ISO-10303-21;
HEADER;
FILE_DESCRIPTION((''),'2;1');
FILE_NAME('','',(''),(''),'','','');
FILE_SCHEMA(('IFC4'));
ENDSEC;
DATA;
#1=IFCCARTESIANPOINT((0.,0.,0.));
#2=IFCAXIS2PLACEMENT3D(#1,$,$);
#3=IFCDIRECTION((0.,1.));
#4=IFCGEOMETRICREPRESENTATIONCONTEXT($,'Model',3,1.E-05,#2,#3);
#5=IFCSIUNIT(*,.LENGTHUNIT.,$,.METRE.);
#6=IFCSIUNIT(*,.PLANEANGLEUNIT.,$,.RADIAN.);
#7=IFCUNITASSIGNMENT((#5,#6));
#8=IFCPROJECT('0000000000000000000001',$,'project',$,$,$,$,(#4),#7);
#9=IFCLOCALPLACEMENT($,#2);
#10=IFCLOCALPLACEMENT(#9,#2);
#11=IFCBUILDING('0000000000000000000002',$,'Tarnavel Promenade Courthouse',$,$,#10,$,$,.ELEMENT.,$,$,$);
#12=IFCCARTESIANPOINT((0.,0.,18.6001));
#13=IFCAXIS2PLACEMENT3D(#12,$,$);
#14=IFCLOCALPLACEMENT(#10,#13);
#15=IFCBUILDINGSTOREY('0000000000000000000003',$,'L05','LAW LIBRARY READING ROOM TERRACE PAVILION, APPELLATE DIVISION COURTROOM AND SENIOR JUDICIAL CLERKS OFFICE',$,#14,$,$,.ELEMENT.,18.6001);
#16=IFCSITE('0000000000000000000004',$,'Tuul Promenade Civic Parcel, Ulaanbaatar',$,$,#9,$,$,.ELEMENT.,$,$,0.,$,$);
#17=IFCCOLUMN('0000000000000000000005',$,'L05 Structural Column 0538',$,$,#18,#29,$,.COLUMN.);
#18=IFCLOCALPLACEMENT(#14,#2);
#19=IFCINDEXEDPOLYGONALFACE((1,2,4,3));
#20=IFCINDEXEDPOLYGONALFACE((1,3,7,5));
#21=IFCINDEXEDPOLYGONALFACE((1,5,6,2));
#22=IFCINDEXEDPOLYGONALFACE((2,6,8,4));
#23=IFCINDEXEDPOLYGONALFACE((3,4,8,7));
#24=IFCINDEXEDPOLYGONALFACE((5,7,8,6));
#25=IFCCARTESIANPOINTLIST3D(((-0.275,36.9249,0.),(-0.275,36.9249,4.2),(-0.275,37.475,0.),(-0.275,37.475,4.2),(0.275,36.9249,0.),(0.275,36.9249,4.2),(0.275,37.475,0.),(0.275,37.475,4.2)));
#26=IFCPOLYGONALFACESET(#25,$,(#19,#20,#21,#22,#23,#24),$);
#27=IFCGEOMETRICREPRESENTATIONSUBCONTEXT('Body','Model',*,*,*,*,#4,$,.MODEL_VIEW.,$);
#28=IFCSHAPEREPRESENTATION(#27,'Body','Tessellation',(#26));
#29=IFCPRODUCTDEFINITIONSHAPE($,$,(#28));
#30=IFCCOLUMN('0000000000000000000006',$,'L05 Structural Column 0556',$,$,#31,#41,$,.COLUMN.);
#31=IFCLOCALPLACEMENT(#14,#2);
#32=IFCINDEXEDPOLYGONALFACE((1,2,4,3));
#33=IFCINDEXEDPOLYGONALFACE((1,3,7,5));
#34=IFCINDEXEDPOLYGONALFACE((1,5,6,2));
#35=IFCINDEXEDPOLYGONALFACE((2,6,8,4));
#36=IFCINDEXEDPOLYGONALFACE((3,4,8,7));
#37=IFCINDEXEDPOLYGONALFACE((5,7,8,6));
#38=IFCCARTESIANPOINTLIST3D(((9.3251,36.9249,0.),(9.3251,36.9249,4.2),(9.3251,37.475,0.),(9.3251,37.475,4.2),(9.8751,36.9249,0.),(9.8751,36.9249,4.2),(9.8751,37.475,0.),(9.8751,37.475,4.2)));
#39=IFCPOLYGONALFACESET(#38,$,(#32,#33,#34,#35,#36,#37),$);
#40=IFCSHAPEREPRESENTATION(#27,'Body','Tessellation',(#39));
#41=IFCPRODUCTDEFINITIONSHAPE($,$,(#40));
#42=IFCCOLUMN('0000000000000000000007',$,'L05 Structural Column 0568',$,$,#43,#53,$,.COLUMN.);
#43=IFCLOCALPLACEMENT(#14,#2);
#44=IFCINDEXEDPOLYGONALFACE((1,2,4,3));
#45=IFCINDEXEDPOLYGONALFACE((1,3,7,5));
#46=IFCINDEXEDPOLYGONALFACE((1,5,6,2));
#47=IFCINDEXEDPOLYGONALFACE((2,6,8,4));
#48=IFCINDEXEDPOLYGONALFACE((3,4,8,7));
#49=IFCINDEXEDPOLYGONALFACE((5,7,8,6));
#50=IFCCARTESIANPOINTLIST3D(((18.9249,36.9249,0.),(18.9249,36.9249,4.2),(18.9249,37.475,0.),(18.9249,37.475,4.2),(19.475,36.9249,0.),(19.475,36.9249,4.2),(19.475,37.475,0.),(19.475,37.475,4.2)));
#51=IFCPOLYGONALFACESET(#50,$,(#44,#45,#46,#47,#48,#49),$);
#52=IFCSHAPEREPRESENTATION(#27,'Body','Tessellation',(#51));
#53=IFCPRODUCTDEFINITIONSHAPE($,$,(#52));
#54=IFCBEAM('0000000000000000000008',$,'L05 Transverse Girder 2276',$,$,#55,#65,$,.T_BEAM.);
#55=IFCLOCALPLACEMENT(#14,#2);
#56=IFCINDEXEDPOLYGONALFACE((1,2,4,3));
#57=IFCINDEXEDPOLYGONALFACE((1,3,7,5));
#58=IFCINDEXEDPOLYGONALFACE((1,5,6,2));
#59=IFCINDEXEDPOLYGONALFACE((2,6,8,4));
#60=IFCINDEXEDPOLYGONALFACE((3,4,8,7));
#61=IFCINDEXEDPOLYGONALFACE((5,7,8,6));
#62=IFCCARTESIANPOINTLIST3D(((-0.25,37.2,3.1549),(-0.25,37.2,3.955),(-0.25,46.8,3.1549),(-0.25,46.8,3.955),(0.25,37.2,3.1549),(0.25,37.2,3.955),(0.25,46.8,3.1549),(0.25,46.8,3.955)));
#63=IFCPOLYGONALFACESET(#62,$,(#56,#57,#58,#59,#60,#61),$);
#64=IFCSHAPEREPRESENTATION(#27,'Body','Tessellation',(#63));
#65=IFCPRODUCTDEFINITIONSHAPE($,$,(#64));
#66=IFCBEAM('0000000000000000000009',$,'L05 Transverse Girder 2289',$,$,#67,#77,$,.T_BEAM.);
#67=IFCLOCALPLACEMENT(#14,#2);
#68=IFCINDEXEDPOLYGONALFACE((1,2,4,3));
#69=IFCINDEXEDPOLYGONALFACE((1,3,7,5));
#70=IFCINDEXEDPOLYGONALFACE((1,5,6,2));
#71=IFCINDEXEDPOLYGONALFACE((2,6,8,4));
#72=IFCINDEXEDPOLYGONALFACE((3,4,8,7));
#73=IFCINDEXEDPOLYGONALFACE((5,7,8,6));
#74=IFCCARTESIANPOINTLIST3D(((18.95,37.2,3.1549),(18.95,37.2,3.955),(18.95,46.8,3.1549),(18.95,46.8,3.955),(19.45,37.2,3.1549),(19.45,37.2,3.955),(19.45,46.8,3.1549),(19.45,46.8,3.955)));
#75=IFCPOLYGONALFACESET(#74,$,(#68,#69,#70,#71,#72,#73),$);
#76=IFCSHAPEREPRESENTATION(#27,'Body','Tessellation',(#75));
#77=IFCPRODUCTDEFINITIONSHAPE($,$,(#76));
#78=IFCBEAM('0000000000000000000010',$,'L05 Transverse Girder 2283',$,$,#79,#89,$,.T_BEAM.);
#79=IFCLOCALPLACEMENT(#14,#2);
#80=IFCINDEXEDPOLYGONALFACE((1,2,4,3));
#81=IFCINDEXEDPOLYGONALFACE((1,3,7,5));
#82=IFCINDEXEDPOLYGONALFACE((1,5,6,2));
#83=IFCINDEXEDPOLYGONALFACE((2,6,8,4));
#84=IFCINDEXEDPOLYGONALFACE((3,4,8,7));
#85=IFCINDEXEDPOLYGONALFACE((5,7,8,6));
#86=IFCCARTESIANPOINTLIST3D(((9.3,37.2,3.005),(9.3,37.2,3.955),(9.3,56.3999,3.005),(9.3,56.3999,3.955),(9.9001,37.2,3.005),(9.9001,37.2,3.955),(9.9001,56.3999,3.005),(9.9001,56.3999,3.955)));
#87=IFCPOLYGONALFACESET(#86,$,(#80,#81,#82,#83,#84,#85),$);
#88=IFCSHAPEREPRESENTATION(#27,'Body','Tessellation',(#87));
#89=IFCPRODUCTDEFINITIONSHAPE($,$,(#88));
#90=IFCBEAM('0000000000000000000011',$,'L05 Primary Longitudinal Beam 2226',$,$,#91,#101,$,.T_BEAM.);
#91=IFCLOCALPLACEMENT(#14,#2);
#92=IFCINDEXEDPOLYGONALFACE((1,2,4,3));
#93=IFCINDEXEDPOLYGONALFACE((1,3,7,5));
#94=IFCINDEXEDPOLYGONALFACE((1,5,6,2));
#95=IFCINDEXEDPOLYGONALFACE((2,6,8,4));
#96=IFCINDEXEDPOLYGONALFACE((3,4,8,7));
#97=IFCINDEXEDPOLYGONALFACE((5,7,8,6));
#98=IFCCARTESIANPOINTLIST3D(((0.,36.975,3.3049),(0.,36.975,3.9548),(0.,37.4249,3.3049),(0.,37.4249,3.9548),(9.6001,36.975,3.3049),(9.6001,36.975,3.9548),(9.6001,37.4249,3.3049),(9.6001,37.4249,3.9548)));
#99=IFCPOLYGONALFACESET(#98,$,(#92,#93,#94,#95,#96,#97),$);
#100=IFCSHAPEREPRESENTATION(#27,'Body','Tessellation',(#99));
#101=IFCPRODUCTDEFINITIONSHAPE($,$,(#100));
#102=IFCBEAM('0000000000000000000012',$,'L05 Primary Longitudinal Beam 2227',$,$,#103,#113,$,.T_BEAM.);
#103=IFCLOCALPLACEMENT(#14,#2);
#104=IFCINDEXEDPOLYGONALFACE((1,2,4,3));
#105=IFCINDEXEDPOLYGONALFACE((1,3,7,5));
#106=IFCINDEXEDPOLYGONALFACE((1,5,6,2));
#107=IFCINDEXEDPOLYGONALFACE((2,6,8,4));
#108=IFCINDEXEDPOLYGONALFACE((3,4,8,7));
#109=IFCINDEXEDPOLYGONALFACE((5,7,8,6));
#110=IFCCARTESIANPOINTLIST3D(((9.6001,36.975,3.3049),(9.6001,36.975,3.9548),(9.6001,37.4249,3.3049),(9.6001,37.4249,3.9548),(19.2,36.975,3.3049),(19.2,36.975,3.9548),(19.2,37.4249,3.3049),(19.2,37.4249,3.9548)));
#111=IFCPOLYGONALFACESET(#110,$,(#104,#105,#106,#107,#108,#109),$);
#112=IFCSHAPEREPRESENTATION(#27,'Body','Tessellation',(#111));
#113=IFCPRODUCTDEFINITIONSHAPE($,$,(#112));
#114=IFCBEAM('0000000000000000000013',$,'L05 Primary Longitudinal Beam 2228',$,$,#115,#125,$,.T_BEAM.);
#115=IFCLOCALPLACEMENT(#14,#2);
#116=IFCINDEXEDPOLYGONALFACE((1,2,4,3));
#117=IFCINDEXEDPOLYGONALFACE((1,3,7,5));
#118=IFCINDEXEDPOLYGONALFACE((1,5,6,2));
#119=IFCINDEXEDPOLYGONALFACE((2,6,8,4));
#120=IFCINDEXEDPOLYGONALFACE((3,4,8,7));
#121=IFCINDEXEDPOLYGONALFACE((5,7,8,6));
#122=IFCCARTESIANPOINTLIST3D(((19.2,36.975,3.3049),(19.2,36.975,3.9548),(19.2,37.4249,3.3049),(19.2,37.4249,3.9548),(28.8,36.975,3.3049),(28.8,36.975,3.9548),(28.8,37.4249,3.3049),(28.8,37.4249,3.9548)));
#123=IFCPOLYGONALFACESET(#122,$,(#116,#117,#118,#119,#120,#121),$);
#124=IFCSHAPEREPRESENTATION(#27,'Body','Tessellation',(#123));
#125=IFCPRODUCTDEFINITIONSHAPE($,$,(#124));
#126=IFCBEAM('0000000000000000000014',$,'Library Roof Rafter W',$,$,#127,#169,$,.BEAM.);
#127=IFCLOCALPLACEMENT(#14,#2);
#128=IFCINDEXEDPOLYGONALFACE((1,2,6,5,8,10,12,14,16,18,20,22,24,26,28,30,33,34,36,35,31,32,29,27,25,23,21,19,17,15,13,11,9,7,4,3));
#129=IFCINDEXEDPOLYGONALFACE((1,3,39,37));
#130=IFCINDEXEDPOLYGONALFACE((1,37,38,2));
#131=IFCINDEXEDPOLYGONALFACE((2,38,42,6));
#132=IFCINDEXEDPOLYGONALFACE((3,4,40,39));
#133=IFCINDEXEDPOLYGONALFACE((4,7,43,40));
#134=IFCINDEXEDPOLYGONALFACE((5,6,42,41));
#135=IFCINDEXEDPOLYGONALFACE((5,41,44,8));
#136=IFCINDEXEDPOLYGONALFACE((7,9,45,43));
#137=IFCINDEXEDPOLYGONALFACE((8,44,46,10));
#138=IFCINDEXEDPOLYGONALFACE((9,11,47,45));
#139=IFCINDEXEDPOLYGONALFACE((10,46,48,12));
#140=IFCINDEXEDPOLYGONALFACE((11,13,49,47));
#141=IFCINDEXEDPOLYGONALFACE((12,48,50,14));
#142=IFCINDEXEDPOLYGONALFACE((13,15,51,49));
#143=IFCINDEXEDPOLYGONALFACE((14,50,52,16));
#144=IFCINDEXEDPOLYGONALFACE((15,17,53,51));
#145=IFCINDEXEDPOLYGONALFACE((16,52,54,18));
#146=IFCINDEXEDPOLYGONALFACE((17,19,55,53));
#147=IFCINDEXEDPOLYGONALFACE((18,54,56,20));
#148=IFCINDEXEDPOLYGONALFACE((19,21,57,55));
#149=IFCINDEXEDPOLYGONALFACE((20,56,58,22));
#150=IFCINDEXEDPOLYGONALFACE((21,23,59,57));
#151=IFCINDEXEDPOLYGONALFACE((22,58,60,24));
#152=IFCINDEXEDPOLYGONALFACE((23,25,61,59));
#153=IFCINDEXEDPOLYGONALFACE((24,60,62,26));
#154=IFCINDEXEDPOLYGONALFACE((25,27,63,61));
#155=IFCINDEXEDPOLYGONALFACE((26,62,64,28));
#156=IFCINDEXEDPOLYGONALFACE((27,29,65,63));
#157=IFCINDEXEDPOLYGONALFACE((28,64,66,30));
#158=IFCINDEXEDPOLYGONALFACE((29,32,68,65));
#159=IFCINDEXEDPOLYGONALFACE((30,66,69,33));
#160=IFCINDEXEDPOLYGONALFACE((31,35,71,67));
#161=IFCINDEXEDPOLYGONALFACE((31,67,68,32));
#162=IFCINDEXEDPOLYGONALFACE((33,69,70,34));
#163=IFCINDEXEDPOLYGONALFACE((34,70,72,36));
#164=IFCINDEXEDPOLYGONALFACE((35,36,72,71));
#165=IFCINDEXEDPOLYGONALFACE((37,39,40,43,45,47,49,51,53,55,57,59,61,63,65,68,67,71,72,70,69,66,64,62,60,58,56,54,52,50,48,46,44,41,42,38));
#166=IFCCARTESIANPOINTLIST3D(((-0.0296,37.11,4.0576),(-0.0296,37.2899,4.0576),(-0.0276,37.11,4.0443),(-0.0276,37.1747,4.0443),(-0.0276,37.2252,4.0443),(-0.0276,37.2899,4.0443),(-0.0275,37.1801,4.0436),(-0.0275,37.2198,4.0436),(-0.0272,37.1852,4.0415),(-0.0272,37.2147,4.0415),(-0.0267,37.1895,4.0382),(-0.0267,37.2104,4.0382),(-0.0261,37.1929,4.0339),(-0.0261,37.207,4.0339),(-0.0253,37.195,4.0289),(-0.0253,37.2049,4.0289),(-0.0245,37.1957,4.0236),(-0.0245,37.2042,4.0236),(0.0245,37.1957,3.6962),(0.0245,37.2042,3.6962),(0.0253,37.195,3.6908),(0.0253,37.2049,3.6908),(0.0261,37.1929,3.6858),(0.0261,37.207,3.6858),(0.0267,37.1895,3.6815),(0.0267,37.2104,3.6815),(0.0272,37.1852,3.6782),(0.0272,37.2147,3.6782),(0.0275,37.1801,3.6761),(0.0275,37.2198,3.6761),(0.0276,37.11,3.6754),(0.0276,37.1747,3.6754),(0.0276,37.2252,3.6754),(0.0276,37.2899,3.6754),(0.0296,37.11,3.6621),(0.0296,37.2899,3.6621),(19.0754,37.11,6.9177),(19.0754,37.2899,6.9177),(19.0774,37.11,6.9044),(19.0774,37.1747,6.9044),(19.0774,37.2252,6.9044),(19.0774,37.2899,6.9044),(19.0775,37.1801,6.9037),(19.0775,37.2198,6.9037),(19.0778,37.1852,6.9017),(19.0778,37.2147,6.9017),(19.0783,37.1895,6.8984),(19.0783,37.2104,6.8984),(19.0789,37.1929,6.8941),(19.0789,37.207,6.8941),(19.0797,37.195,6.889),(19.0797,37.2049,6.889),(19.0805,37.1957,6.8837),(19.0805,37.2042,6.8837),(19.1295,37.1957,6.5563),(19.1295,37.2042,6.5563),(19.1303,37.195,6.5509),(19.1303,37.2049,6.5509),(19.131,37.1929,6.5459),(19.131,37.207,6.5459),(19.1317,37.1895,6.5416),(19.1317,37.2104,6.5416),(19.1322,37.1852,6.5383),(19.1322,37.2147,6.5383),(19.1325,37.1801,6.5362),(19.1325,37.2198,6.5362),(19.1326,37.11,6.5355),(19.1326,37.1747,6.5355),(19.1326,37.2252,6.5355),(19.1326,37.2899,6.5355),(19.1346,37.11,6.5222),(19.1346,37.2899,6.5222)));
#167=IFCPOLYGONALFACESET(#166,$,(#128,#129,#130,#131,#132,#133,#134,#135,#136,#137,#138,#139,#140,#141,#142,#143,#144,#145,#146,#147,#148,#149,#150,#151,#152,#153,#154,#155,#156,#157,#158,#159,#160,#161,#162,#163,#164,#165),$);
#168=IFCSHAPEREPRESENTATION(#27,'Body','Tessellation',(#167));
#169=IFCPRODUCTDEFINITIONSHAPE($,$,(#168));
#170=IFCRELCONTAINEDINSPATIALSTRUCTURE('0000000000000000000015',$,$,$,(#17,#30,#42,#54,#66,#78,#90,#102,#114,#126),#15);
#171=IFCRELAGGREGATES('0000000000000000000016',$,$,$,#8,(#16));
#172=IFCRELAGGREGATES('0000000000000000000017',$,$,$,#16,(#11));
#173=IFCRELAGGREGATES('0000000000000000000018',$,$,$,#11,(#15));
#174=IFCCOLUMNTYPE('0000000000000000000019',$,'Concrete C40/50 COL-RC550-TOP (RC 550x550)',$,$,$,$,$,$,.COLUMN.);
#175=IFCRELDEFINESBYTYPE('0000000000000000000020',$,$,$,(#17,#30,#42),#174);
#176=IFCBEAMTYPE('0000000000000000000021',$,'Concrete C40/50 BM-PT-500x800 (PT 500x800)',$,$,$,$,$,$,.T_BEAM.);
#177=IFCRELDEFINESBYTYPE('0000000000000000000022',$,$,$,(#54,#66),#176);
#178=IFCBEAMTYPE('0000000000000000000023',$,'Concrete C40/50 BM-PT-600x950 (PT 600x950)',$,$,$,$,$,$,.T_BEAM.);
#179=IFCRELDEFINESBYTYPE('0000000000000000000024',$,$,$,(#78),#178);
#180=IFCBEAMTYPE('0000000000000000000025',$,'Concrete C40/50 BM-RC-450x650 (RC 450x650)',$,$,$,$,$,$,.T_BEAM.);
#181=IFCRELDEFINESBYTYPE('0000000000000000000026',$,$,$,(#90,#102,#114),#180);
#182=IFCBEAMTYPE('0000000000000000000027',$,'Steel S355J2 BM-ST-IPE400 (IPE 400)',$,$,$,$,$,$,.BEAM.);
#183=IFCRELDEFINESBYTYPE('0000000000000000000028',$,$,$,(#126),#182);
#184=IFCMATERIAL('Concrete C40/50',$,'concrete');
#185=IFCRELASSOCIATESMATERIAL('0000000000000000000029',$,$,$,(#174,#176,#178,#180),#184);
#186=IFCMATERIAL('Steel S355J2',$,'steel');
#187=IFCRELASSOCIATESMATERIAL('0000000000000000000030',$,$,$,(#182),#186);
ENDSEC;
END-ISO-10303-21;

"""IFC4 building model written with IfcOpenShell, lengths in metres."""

from ifc_helpers import new_model, si_unit, direction, frame, origin, origin_2d, place, context, subcontext, project, spatial, rectangle, i_section, extrude, material, material_profile, profile_set, type_object, element, save


model = new_model("IFC4")

# Units and contexts
model_context = context("Model", 3, precision=1e-05, world=origin(), true_north=direction((0.0, 1.0)))
body_context = subcontext(model_context, "Body", "Model", "MODEL_VIEW")
ifc_project = project(units=[si_unit("LENGTHUNIT", "METRE"), si_unit("PLANEANGLEUNIT", "RADIAN")], contexts=[model_context])

# Site, building, storey
site_placement = place(None, origin())
site = spatial("IfcSite", under=ifc_project, at=site_placement, Name="Tuul Promenade Civic Parcel, Ulaanbaatar", CompositionType="ELEMENT", RefElevation=0.0)
building_placement = place(site_placement, origin())
building = spatial("IfcBuilding", under=site, at=building_placement, Name="Tarnavel Promenade Courthouse", CompositionType="ELEMENT")
storey_placement = place(building_placement, frame((0.0, 0.0, 18.6001)))
storey = spatial("IfcBuildingStorey", under=building, at=storey_placement, Name="L05", Description="LAW LIBRARY READING ROOM TERRACE PAVILION, APPELLATE DIVISION COURTROOM AND SENIOR JUDICIAL CLERKS OFFICE", CompositionType="ELEMENT", Elevation=18.6001)

# Columns
ifc_material_1 = material(Name="Concrete C40/50", Category="concrete")
ifc_material_profile_1 = material_profile(ifc_material_1, rectangle(XDim=0.55, YDim=0.55, at=origin_2d()), Name="RC 550x550")
ifc_profile_set_1 = profile_set([ifc_material_profile_1], Name="Concrete C40/50")
column_type = type_object("IfcColumnType", Name="Concrete C40/50 COL-RC550-TOP (RC 550x550)", PredefinedType="COLUMN", material=ifc_profile_set_1)
for number, where, z_axis, x_axis, name in (
    (1, (0.0, 37.2, 0.0), (0.0, 0.0, 1.0), (1.0, 0.0, 0.0), "L05 Structural Column 0538"),
    (2, (9.6001, 37.2, 0.0), (0.0, 0.0, 1.0), (1.0, 0.0, 0.0), "L05 Structural Column 0556"),
    (3, (19.2, 37.2, 0.0), (0.0, 0.0, 1.0), (1.0, 0.0, 0.0), "L05 Structural Column 0568"),
):
    element("IfcColumn", number, at=place(storey_placement, frame(where, z_axis=z_axis, x_axis=x_axis)), inside=storey, type_object=column_type, Name=name, PredefinedType="COLUMN", context=body_context, shape_type="SweptSolid", body=[
        extrude(rectangle(XDim=0.55, YDim=0.55, at=origin_2d()), origin(), (0.0, 0.0, 1.0), 4.2),
    ])

# Beams
ifc_material_profile_2 = material_profile(ifc_material_1, rectangle(XDim=0.5, YDim=0.8, at=origin_2d()), Name="PT 500x800")
ifc_profile_set_2 = profile_set([ifc_material_profile_2], Name="Concrete C40/50")
beam_type_1 = type_object("IfcBeamType", Name="Concrete C40/50 BM-PT-500x800 (PT 500x800)", PredefinedType="T_BEAM", material=ifc_profile_set_2)
for number, where, z_axis, x_axis, name in (
    (4, (0.0, 37.2, 3.5549), (0.0, 1.0, 0.0), (-1.0, 0.0, 0.0), "L05 Transverse Girder 2276"),
    (5, (19.2, 37.2, 3.5549), (0.0, 1.0, 0.0), (-1.0, 0.0, 0.0), "L05 Transverse Girder 2289"),
):
    element("IfcBeam", number, at=place(storey_placement, frame(where, z_axis=z_axis, x_axis=x_axis)), inside=storey, type_object=beam_type_1, Name=name, PredefinedType="T_BEAM", context=body_context, shape_type="SweptSolid", body=[
        extrude(rectangle(XDim=0.5, YDim=0.8, at=origin_2d()), origin(), (0.0, 0.0, 1.0), 9.6001),
    ])
ifc_material_profile_3 = material_profile(ifc_material_1, rectangle(XDim=0.6001, YDim=0.95, at=origin_2d()), Name="PT 600x950")
ifc_profile_set_3 = profile_set([ifc_material_profile_3], Name="Concrete C40/50")
beam_type_2 = type_object("IfcBeamType", Name="Concrete C40/50 BM-PT-600x950 (PT 600x950)", PredefinedType="T_BEAM", material=ifc_profile_set_3)
beam_1_placement = place(storey_placement, frame((9.6001, 37.2, 3.48), z_axis=(0.0, 1.0, 0.0), x_axis=(-1.0, 0.0, 0.0)))
element("IfcBeam", 6, at=beam_1_placement, inside=storey, type_object=beam_type_2, Name="L05 Transverse Girder 2283", PredefinedType="T_BEAM", context=body_context, shape_type="SweptSolid", body=[
    extrude(rectangle(XDim=0.6001, YDim=0.95, at=origin_2d()), origin(), (0.0, 0.0, 1.0), 19.2),
])
ifc_material_profile_4 = material_profile(ifc_material_1, rectangle(XDim=0.45, YDim=0.6499, at=origin_2d()), Name="RC 450x650")
ifc_profile_set_4 = profile_set([ifc_material_profile_4], Name="Concrete C40/50")
beam_type_3 = type_object("IfcBeamType", Name="Concrete C40/50 BM-RC-450x650 (RC 450x650)", PredefinedType="T_BEAM", material=ifc_profile_set_4)
beam_2_placement = place(storey_placement, frame((0.0, 37.2, 3.6299), z_axis=(1.0, 0.0, 0.0), x_axis=(0.0, 1.0, 0.0)))
element("IfcBeam", 7, at=beam_2_placement, inside=storey, type_object=beam_type_3, Name="L05 Primary Longitudinal Beam 2226", PredefinedType="T_BEAM", context=body_context, shape_type="SweptSolid", body=[
    extrude(rectangle(XDim=0.45, YDim=0.6499, at=origin_2d()), origin(), (0.0, 0.0, 1.0), 9.6001),
])
beam_3_placement = place(storey_placement, frame((9.6001, 37.2, 3.6299), z_axis=(1.0, 0.0, 0.0), x_axis=(0.0, 1.0, 0.0)))
element("IfcBeam", 8, at=beam_3_placement, inside=storey, type_object=beam_type_3, Name="L05 Primary Longitudinal Beam 2227", PredefinedType="T_BEAM", context=body_context, shape_type="SweptSolid", body=[
    extrude(rectangle(XDim=0.45, YDim=0.6499, at=origin_2d()), origin(), (0.0, 0.0, 1.0), 9.5999),
])
beam_4_placement = place(storey_placement, frame((19.2, 37.2, 3.6299), z_axis=(1.0, 0.0, 0.0), x_axis=(0.0, 1.0, 0.0)))
element("IfcBeam", 9, at=beam_4_placement, inside=storey, type_object=beam_type_3, Name="L05 Primary Longitudinal Beam 2228", PredefinedType="T_BEAM", context=body_context, shape_type="SweptSolid", body=[
    extrude(rectangle(XDim=0.45, YDim=0.6499, at=origin_2d()), origin(), (0.0, 0.0, 1.0), 9.6001),
])
ifc_material_2 = material(Name="Steel S355J2", Category="steel")
ifc_material_profile_5 = material_profile(ifc_material_2, i_section(OverallWidth=0.1799, OverallDepth=0.3999, WebThickness=0.0085, FlangeThickness=0.0134, FilletRadius=0.021, at=origin_2d()), Name="IPE 400")
ifc_profile_set_5 = profile_set([ifc_material_profile_5], Name="Steel S355J2")
beam_type_4 = type_object("IfcBeamType", Name="Steel S355J2 BM-ST-IPE400 (IPE 400)", PredefinedType="BEAM", material=ifc_profile_set_5)
beam_5_placement = place(storey_placement, frame((0.0, 37.2, 3.8599), z_axis=(0.988979, 0.0, 0.148055), x_axis=(0.0, 1.0, 0.0)))
element("IfcBeam", 10, at=beam_5_placement, inside=storey, type_object=beam_type_4, Name="Library Roof Rafter W", PredefinedType="BEAM", context=body_context, shape_type="SweptSolid", body=[
    extrude(i_section(OverallWidth=0.1799, OverallDepth=0.3999, WebThickness=0.0085, FlangeThickness=0.0134, FilletRadius=0.021, at=origin_2d()), origin(), (0.0, 0.0, 1.0), 19.3179),
])

save(model, "model.ifc")
